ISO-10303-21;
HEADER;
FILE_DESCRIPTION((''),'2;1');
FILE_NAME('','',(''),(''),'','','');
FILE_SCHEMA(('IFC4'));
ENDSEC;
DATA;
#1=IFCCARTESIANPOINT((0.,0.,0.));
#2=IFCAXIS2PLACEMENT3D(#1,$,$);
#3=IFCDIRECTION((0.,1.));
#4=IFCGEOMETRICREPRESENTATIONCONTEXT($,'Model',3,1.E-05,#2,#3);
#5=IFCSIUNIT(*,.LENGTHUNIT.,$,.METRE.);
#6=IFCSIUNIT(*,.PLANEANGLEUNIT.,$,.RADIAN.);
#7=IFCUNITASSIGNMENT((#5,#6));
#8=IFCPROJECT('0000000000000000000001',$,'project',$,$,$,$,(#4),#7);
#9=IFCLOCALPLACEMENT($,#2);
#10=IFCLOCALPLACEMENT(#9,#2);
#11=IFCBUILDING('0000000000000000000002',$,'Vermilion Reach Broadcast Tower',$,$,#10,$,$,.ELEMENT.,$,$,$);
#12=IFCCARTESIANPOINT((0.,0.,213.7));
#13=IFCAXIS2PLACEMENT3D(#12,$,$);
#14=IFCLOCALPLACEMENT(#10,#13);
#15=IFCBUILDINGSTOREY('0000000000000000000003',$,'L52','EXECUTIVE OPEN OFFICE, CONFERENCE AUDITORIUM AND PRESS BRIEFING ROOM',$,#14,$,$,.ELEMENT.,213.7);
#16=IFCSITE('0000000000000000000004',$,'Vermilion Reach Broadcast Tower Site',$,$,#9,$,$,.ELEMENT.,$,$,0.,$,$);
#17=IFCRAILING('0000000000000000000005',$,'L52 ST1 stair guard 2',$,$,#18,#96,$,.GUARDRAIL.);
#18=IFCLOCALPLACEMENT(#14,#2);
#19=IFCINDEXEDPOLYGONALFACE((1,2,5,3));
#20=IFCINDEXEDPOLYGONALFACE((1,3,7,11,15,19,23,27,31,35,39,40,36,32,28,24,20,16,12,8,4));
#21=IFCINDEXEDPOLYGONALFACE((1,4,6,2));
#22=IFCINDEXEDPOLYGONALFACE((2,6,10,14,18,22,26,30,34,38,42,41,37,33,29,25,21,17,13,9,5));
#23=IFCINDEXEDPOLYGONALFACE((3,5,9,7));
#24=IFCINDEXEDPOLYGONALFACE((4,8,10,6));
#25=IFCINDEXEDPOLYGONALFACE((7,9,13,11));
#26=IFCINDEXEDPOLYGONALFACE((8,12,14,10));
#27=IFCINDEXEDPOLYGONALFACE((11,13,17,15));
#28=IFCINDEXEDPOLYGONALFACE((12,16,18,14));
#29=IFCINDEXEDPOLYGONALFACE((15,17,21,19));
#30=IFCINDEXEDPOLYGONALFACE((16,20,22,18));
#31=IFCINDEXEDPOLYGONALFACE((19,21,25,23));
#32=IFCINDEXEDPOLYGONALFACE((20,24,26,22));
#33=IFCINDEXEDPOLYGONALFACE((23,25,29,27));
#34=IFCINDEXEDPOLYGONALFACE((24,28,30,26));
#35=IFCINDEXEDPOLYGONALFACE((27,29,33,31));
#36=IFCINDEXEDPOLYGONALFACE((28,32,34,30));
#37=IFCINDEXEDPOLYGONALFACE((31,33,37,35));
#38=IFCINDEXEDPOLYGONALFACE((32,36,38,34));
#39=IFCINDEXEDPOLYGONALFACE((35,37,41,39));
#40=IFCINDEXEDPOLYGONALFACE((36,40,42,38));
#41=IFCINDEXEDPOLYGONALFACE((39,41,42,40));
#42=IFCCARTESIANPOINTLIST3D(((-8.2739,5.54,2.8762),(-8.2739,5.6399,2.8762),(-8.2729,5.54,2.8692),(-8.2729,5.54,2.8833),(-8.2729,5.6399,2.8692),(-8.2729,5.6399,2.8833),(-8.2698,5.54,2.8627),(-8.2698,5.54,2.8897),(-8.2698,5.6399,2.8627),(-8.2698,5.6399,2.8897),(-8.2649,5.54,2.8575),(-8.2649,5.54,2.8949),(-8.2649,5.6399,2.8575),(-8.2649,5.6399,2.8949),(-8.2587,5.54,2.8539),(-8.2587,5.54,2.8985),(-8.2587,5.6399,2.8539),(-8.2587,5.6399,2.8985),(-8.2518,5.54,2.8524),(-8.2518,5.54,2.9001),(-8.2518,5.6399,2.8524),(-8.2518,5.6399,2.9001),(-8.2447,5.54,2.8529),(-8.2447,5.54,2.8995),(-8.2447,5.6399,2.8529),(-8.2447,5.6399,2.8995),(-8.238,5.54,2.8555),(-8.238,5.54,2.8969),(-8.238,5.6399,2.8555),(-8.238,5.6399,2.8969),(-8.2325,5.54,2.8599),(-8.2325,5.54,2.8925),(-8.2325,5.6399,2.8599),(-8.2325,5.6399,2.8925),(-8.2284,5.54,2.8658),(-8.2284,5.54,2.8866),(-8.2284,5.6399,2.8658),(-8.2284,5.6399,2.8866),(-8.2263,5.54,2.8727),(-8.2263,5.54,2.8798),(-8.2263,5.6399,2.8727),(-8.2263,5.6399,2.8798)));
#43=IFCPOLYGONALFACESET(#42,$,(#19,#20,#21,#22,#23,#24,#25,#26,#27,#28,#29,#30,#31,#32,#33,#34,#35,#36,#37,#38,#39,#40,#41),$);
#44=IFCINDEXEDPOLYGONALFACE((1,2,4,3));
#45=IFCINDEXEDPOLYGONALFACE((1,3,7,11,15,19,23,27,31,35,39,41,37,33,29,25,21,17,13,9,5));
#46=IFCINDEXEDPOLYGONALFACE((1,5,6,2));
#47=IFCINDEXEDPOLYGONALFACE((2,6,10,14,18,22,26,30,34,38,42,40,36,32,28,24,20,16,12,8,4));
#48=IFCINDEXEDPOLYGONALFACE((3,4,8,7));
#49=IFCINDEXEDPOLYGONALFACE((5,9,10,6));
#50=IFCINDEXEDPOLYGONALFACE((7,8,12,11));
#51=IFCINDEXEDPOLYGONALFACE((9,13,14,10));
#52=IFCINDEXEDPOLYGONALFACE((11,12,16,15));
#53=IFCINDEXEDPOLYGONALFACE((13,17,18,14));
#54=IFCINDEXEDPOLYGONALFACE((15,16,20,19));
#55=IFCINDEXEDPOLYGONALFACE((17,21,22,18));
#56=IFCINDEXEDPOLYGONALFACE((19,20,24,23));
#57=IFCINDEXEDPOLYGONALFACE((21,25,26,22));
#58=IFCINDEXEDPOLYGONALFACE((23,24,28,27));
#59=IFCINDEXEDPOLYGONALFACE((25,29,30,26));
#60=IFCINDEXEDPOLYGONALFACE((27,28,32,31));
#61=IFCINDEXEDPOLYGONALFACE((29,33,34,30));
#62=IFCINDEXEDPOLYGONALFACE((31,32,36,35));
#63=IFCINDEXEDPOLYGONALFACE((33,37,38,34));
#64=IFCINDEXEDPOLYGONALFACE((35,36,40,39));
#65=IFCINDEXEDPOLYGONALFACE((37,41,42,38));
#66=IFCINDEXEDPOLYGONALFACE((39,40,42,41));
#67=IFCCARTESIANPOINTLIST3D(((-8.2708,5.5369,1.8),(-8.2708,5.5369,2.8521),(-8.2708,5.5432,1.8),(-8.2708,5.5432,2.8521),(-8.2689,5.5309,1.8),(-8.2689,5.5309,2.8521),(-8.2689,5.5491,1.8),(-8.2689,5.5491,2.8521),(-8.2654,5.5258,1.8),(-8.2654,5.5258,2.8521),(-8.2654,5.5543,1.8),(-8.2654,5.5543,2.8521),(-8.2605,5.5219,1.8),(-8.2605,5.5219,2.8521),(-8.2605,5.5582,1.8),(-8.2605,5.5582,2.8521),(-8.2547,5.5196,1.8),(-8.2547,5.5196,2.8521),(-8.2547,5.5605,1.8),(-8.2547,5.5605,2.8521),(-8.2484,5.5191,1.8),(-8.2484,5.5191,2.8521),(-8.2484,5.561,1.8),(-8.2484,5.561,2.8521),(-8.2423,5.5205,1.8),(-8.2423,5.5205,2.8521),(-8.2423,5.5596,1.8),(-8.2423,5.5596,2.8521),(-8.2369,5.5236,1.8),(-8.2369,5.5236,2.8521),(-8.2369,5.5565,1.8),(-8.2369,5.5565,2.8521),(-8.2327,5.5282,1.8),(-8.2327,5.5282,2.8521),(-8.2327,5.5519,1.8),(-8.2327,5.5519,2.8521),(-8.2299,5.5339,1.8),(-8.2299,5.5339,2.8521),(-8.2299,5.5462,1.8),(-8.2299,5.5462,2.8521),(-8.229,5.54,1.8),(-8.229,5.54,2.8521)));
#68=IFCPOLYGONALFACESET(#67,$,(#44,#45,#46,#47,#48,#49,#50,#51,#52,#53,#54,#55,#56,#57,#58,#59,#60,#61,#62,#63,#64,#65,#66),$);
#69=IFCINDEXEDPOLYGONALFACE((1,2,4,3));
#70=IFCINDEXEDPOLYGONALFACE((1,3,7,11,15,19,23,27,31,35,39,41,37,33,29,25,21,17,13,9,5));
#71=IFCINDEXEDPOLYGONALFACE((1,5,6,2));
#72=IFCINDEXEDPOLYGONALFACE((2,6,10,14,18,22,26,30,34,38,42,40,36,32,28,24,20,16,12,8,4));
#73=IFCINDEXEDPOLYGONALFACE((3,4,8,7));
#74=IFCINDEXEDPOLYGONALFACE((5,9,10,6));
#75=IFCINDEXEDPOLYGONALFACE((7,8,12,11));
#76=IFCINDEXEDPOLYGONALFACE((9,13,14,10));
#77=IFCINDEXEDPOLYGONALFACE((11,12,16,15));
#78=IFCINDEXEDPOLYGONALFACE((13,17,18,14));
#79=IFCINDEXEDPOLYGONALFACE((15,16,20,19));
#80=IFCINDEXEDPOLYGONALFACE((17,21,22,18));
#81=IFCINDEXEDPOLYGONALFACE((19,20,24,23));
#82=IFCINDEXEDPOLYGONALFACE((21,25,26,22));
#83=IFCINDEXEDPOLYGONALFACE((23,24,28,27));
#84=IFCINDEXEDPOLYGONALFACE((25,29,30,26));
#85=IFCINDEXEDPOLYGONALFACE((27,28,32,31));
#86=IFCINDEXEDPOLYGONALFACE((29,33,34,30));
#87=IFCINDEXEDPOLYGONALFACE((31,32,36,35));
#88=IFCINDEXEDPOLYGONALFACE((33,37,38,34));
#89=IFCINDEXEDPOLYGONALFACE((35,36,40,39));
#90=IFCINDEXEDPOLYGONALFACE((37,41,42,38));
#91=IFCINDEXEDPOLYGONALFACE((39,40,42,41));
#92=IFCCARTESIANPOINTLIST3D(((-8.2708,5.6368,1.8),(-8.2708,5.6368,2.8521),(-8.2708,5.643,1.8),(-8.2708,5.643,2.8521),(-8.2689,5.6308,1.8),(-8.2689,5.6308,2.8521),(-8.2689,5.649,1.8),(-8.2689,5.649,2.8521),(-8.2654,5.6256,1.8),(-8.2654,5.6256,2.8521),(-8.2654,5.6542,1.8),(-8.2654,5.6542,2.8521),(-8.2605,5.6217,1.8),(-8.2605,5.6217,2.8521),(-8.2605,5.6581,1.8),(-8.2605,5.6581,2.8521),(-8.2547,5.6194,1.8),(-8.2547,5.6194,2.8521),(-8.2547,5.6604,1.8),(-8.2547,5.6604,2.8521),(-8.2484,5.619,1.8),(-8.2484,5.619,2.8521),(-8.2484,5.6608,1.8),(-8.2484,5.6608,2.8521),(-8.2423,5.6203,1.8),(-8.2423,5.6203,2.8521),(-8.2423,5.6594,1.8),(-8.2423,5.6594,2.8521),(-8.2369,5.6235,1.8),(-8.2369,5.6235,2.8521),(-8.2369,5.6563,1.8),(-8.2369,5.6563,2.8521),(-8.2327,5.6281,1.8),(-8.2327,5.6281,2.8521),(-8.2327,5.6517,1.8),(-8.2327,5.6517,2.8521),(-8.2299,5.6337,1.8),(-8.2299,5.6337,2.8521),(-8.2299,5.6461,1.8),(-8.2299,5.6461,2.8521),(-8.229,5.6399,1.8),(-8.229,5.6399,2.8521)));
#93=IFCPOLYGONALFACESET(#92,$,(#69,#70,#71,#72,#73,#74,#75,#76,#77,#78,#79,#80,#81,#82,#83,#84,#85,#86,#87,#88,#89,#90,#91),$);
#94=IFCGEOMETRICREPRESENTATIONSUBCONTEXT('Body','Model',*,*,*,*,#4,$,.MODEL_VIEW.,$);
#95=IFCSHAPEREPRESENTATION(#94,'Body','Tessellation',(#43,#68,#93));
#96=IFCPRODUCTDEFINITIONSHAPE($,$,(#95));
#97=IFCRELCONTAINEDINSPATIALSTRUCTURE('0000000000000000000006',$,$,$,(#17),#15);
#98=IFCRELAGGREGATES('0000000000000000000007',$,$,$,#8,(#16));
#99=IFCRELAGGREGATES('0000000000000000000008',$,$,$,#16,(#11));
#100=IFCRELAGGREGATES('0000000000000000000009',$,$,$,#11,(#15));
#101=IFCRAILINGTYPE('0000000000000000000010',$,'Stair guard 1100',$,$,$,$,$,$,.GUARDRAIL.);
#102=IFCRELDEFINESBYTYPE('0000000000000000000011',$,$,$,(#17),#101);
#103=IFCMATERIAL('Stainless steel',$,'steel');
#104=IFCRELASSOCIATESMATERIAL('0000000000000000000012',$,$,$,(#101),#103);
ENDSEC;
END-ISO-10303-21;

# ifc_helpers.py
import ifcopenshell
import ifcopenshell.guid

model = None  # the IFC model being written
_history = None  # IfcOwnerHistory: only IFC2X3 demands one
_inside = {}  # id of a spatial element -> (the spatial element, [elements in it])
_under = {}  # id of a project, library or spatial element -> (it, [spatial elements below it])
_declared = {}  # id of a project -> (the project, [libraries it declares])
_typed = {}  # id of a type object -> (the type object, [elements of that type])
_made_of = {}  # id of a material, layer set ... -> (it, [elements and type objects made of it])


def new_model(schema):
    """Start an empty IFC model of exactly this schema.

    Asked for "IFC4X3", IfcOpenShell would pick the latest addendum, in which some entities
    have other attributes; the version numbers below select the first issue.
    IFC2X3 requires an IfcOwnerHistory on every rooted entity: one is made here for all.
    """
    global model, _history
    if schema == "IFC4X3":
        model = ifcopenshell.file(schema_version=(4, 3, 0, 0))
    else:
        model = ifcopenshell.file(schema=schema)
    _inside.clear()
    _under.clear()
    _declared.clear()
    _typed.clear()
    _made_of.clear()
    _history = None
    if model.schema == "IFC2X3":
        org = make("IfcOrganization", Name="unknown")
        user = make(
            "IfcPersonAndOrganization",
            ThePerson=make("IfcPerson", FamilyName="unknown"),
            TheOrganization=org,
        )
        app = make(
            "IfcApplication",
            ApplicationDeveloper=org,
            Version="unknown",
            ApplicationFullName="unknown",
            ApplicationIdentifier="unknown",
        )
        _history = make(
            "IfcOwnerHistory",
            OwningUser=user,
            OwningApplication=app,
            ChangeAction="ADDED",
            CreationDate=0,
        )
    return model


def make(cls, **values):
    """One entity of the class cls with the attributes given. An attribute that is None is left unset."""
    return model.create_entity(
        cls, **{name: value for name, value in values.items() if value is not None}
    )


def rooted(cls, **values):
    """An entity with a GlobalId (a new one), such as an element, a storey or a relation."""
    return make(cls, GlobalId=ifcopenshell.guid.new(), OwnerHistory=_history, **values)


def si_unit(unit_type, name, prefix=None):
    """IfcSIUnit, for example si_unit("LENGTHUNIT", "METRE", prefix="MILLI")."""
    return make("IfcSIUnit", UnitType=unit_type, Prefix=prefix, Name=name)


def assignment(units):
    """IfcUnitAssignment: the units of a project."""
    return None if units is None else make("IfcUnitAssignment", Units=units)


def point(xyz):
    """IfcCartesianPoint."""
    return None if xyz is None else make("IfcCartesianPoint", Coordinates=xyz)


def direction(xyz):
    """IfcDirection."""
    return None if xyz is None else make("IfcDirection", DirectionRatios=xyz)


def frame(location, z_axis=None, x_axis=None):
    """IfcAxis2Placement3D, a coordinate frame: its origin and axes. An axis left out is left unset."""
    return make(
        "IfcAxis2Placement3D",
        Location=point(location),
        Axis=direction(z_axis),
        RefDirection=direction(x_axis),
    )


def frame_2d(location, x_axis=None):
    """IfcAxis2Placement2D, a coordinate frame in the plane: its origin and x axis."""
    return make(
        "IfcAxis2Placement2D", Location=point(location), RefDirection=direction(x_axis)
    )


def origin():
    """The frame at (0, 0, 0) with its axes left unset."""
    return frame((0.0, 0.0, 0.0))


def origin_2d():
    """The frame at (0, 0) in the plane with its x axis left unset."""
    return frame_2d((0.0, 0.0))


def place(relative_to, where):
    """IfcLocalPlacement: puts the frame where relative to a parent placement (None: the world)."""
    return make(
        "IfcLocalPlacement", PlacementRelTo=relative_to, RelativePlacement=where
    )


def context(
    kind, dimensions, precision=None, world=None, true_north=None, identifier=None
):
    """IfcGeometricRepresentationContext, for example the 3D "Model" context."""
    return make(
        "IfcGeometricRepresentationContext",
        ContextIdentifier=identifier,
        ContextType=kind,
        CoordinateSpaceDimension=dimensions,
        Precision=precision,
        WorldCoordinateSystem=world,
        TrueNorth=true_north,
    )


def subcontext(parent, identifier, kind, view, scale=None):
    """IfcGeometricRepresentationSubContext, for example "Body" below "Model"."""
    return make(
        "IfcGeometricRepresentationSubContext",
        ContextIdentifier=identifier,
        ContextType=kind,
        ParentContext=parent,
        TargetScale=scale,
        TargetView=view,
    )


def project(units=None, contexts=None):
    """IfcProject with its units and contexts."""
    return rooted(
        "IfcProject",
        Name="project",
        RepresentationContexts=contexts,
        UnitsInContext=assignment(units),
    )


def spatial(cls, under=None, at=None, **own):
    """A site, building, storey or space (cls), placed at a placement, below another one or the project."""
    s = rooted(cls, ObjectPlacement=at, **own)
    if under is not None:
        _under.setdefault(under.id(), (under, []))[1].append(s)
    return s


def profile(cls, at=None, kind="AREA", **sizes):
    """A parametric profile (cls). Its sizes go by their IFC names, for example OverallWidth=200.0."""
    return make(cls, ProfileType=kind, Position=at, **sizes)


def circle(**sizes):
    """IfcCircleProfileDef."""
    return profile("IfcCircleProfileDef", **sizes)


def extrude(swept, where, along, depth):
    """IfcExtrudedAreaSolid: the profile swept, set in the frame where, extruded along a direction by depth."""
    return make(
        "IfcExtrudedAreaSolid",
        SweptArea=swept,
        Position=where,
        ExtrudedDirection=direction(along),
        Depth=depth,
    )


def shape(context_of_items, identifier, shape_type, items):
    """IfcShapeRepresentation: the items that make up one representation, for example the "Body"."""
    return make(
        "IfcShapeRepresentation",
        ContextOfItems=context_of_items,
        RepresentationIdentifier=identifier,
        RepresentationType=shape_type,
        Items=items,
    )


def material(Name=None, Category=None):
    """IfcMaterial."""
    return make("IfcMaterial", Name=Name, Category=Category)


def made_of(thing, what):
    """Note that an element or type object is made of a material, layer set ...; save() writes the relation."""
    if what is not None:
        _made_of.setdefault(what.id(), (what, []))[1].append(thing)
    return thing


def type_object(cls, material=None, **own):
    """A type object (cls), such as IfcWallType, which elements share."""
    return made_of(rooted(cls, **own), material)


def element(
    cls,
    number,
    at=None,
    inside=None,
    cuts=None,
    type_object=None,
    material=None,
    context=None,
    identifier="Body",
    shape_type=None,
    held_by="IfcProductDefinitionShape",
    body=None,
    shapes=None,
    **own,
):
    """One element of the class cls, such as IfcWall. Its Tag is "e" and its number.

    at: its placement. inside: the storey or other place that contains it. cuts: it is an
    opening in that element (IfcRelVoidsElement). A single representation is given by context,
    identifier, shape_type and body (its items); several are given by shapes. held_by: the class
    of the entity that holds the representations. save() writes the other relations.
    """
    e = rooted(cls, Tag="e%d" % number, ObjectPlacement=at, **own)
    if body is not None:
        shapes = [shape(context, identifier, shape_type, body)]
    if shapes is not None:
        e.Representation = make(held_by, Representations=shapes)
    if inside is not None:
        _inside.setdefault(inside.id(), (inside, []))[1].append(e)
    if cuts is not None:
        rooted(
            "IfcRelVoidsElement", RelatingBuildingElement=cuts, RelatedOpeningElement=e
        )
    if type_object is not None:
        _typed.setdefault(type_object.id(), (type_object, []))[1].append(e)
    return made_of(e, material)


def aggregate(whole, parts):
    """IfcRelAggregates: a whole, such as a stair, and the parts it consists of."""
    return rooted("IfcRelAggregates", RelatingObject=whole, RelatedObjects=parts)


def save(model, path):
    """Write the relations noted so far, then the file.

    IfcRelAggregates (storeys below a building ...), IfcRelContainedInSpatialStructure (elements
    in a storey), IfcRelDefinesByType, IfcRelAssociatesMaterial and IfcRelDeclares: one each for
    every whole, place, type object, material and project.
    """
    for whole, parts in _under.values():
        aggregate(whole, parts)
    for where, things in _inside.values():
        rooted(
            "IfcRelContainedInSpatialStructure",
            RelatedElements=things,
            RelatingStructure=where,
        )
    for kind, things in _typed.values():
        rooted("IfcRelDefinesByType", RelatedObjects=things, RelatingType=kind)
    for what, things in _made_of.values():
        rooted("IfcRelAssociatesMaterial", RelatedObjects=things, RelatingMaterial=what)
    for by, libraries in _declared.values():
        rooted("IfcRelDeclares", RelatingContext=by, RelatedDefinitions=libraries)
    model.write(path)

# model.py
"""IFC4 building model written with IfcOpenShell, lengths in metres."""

from ifc_helpers import new_model, si_unit, direction, frame, origin, origin_2d, place, context, subcontext, project, spatial, circle, extrude, material, type_object, element, save


model = new_model("IFC4")

# Units and contexts
model_context = context("Model", 3, precision=1e-05, world=origin(), true_north=direction((0.0, 1.0)))
body_context = subcontext(model_context, "Body", "Model", "MODEL_VIEW")
ifc_project = project(units=[si_unit("LENGTHUNIT", "METRE"), si_unit("PLANEANGLEUNIT", "RADIAN")], contexts=[model_context])

# Site, building, storey
site_placement = place(None, origin())
site = spatial("IfcSite", under=ifc_project, at=site_placement, Name="Vermilion Reach Broadcast Tower Site", CompositionType="ELEMENT", RefElevation=0.0)
building_placement = place(site_placement, origin())
building = spatial("IfcBuilding", under=site, at=building_placement, Name="Vermilion Reach Broadcast Tower", CompositionType="ELEMENT")
storey_placement = place(building_placement, frame((0.0, 0.0, 213.7)))
storey = spatial("IfcBuildingStorey", under=building, at=storey_placement, Name="L52", Description="EXECUTIVE OPEN OFFICE, CONFERENCE AUDITORIUM AND PRESS BRIEFING ROOM", CompositionType="ELEMENT", Elevation=213.7)

# Railing
ifc_material_1 = material(Name="Stainless steel", Category="steel")
railing_type_1 = type_object("IfcRailingType", Name="Stair guard 1100", PredefinedType="GUARDRAIL", material=ifc_material_1)
railing_1_placement = place(storey_placement, frame((-8.25, 5.54, 1.8)))
element("IfcRailing", 1, at=railing_1_placement, inside=storey, type_object=railing_type_1, Name="L52 ST1 stair guard 2", PredefinedType="GUARDRAIL", context=body_context, shape_type="SweptSolid", body=[
    extrude(circle(Radius=0.0239, at=origin_2d()), frame((0.0, 0.0, 1.0762), z_axis=(0.0, 1.0, 0.0), x_axis=(-1.0, 0.0, 0.0)), (0.0, 0.0, 1.0), 0.0999),
    extrude(circle(Radius=0.021, at=origin_2d()), origin(), (0.0, 0.0, 1.0), 1.052),
    extrude(circle(Radius=0.021, at=origin_2d()), frame((0.0, 0.0999, 0.0)), (0.0, 0.0, 1.0), 1.052),
])

save(model, "model.ifc")
